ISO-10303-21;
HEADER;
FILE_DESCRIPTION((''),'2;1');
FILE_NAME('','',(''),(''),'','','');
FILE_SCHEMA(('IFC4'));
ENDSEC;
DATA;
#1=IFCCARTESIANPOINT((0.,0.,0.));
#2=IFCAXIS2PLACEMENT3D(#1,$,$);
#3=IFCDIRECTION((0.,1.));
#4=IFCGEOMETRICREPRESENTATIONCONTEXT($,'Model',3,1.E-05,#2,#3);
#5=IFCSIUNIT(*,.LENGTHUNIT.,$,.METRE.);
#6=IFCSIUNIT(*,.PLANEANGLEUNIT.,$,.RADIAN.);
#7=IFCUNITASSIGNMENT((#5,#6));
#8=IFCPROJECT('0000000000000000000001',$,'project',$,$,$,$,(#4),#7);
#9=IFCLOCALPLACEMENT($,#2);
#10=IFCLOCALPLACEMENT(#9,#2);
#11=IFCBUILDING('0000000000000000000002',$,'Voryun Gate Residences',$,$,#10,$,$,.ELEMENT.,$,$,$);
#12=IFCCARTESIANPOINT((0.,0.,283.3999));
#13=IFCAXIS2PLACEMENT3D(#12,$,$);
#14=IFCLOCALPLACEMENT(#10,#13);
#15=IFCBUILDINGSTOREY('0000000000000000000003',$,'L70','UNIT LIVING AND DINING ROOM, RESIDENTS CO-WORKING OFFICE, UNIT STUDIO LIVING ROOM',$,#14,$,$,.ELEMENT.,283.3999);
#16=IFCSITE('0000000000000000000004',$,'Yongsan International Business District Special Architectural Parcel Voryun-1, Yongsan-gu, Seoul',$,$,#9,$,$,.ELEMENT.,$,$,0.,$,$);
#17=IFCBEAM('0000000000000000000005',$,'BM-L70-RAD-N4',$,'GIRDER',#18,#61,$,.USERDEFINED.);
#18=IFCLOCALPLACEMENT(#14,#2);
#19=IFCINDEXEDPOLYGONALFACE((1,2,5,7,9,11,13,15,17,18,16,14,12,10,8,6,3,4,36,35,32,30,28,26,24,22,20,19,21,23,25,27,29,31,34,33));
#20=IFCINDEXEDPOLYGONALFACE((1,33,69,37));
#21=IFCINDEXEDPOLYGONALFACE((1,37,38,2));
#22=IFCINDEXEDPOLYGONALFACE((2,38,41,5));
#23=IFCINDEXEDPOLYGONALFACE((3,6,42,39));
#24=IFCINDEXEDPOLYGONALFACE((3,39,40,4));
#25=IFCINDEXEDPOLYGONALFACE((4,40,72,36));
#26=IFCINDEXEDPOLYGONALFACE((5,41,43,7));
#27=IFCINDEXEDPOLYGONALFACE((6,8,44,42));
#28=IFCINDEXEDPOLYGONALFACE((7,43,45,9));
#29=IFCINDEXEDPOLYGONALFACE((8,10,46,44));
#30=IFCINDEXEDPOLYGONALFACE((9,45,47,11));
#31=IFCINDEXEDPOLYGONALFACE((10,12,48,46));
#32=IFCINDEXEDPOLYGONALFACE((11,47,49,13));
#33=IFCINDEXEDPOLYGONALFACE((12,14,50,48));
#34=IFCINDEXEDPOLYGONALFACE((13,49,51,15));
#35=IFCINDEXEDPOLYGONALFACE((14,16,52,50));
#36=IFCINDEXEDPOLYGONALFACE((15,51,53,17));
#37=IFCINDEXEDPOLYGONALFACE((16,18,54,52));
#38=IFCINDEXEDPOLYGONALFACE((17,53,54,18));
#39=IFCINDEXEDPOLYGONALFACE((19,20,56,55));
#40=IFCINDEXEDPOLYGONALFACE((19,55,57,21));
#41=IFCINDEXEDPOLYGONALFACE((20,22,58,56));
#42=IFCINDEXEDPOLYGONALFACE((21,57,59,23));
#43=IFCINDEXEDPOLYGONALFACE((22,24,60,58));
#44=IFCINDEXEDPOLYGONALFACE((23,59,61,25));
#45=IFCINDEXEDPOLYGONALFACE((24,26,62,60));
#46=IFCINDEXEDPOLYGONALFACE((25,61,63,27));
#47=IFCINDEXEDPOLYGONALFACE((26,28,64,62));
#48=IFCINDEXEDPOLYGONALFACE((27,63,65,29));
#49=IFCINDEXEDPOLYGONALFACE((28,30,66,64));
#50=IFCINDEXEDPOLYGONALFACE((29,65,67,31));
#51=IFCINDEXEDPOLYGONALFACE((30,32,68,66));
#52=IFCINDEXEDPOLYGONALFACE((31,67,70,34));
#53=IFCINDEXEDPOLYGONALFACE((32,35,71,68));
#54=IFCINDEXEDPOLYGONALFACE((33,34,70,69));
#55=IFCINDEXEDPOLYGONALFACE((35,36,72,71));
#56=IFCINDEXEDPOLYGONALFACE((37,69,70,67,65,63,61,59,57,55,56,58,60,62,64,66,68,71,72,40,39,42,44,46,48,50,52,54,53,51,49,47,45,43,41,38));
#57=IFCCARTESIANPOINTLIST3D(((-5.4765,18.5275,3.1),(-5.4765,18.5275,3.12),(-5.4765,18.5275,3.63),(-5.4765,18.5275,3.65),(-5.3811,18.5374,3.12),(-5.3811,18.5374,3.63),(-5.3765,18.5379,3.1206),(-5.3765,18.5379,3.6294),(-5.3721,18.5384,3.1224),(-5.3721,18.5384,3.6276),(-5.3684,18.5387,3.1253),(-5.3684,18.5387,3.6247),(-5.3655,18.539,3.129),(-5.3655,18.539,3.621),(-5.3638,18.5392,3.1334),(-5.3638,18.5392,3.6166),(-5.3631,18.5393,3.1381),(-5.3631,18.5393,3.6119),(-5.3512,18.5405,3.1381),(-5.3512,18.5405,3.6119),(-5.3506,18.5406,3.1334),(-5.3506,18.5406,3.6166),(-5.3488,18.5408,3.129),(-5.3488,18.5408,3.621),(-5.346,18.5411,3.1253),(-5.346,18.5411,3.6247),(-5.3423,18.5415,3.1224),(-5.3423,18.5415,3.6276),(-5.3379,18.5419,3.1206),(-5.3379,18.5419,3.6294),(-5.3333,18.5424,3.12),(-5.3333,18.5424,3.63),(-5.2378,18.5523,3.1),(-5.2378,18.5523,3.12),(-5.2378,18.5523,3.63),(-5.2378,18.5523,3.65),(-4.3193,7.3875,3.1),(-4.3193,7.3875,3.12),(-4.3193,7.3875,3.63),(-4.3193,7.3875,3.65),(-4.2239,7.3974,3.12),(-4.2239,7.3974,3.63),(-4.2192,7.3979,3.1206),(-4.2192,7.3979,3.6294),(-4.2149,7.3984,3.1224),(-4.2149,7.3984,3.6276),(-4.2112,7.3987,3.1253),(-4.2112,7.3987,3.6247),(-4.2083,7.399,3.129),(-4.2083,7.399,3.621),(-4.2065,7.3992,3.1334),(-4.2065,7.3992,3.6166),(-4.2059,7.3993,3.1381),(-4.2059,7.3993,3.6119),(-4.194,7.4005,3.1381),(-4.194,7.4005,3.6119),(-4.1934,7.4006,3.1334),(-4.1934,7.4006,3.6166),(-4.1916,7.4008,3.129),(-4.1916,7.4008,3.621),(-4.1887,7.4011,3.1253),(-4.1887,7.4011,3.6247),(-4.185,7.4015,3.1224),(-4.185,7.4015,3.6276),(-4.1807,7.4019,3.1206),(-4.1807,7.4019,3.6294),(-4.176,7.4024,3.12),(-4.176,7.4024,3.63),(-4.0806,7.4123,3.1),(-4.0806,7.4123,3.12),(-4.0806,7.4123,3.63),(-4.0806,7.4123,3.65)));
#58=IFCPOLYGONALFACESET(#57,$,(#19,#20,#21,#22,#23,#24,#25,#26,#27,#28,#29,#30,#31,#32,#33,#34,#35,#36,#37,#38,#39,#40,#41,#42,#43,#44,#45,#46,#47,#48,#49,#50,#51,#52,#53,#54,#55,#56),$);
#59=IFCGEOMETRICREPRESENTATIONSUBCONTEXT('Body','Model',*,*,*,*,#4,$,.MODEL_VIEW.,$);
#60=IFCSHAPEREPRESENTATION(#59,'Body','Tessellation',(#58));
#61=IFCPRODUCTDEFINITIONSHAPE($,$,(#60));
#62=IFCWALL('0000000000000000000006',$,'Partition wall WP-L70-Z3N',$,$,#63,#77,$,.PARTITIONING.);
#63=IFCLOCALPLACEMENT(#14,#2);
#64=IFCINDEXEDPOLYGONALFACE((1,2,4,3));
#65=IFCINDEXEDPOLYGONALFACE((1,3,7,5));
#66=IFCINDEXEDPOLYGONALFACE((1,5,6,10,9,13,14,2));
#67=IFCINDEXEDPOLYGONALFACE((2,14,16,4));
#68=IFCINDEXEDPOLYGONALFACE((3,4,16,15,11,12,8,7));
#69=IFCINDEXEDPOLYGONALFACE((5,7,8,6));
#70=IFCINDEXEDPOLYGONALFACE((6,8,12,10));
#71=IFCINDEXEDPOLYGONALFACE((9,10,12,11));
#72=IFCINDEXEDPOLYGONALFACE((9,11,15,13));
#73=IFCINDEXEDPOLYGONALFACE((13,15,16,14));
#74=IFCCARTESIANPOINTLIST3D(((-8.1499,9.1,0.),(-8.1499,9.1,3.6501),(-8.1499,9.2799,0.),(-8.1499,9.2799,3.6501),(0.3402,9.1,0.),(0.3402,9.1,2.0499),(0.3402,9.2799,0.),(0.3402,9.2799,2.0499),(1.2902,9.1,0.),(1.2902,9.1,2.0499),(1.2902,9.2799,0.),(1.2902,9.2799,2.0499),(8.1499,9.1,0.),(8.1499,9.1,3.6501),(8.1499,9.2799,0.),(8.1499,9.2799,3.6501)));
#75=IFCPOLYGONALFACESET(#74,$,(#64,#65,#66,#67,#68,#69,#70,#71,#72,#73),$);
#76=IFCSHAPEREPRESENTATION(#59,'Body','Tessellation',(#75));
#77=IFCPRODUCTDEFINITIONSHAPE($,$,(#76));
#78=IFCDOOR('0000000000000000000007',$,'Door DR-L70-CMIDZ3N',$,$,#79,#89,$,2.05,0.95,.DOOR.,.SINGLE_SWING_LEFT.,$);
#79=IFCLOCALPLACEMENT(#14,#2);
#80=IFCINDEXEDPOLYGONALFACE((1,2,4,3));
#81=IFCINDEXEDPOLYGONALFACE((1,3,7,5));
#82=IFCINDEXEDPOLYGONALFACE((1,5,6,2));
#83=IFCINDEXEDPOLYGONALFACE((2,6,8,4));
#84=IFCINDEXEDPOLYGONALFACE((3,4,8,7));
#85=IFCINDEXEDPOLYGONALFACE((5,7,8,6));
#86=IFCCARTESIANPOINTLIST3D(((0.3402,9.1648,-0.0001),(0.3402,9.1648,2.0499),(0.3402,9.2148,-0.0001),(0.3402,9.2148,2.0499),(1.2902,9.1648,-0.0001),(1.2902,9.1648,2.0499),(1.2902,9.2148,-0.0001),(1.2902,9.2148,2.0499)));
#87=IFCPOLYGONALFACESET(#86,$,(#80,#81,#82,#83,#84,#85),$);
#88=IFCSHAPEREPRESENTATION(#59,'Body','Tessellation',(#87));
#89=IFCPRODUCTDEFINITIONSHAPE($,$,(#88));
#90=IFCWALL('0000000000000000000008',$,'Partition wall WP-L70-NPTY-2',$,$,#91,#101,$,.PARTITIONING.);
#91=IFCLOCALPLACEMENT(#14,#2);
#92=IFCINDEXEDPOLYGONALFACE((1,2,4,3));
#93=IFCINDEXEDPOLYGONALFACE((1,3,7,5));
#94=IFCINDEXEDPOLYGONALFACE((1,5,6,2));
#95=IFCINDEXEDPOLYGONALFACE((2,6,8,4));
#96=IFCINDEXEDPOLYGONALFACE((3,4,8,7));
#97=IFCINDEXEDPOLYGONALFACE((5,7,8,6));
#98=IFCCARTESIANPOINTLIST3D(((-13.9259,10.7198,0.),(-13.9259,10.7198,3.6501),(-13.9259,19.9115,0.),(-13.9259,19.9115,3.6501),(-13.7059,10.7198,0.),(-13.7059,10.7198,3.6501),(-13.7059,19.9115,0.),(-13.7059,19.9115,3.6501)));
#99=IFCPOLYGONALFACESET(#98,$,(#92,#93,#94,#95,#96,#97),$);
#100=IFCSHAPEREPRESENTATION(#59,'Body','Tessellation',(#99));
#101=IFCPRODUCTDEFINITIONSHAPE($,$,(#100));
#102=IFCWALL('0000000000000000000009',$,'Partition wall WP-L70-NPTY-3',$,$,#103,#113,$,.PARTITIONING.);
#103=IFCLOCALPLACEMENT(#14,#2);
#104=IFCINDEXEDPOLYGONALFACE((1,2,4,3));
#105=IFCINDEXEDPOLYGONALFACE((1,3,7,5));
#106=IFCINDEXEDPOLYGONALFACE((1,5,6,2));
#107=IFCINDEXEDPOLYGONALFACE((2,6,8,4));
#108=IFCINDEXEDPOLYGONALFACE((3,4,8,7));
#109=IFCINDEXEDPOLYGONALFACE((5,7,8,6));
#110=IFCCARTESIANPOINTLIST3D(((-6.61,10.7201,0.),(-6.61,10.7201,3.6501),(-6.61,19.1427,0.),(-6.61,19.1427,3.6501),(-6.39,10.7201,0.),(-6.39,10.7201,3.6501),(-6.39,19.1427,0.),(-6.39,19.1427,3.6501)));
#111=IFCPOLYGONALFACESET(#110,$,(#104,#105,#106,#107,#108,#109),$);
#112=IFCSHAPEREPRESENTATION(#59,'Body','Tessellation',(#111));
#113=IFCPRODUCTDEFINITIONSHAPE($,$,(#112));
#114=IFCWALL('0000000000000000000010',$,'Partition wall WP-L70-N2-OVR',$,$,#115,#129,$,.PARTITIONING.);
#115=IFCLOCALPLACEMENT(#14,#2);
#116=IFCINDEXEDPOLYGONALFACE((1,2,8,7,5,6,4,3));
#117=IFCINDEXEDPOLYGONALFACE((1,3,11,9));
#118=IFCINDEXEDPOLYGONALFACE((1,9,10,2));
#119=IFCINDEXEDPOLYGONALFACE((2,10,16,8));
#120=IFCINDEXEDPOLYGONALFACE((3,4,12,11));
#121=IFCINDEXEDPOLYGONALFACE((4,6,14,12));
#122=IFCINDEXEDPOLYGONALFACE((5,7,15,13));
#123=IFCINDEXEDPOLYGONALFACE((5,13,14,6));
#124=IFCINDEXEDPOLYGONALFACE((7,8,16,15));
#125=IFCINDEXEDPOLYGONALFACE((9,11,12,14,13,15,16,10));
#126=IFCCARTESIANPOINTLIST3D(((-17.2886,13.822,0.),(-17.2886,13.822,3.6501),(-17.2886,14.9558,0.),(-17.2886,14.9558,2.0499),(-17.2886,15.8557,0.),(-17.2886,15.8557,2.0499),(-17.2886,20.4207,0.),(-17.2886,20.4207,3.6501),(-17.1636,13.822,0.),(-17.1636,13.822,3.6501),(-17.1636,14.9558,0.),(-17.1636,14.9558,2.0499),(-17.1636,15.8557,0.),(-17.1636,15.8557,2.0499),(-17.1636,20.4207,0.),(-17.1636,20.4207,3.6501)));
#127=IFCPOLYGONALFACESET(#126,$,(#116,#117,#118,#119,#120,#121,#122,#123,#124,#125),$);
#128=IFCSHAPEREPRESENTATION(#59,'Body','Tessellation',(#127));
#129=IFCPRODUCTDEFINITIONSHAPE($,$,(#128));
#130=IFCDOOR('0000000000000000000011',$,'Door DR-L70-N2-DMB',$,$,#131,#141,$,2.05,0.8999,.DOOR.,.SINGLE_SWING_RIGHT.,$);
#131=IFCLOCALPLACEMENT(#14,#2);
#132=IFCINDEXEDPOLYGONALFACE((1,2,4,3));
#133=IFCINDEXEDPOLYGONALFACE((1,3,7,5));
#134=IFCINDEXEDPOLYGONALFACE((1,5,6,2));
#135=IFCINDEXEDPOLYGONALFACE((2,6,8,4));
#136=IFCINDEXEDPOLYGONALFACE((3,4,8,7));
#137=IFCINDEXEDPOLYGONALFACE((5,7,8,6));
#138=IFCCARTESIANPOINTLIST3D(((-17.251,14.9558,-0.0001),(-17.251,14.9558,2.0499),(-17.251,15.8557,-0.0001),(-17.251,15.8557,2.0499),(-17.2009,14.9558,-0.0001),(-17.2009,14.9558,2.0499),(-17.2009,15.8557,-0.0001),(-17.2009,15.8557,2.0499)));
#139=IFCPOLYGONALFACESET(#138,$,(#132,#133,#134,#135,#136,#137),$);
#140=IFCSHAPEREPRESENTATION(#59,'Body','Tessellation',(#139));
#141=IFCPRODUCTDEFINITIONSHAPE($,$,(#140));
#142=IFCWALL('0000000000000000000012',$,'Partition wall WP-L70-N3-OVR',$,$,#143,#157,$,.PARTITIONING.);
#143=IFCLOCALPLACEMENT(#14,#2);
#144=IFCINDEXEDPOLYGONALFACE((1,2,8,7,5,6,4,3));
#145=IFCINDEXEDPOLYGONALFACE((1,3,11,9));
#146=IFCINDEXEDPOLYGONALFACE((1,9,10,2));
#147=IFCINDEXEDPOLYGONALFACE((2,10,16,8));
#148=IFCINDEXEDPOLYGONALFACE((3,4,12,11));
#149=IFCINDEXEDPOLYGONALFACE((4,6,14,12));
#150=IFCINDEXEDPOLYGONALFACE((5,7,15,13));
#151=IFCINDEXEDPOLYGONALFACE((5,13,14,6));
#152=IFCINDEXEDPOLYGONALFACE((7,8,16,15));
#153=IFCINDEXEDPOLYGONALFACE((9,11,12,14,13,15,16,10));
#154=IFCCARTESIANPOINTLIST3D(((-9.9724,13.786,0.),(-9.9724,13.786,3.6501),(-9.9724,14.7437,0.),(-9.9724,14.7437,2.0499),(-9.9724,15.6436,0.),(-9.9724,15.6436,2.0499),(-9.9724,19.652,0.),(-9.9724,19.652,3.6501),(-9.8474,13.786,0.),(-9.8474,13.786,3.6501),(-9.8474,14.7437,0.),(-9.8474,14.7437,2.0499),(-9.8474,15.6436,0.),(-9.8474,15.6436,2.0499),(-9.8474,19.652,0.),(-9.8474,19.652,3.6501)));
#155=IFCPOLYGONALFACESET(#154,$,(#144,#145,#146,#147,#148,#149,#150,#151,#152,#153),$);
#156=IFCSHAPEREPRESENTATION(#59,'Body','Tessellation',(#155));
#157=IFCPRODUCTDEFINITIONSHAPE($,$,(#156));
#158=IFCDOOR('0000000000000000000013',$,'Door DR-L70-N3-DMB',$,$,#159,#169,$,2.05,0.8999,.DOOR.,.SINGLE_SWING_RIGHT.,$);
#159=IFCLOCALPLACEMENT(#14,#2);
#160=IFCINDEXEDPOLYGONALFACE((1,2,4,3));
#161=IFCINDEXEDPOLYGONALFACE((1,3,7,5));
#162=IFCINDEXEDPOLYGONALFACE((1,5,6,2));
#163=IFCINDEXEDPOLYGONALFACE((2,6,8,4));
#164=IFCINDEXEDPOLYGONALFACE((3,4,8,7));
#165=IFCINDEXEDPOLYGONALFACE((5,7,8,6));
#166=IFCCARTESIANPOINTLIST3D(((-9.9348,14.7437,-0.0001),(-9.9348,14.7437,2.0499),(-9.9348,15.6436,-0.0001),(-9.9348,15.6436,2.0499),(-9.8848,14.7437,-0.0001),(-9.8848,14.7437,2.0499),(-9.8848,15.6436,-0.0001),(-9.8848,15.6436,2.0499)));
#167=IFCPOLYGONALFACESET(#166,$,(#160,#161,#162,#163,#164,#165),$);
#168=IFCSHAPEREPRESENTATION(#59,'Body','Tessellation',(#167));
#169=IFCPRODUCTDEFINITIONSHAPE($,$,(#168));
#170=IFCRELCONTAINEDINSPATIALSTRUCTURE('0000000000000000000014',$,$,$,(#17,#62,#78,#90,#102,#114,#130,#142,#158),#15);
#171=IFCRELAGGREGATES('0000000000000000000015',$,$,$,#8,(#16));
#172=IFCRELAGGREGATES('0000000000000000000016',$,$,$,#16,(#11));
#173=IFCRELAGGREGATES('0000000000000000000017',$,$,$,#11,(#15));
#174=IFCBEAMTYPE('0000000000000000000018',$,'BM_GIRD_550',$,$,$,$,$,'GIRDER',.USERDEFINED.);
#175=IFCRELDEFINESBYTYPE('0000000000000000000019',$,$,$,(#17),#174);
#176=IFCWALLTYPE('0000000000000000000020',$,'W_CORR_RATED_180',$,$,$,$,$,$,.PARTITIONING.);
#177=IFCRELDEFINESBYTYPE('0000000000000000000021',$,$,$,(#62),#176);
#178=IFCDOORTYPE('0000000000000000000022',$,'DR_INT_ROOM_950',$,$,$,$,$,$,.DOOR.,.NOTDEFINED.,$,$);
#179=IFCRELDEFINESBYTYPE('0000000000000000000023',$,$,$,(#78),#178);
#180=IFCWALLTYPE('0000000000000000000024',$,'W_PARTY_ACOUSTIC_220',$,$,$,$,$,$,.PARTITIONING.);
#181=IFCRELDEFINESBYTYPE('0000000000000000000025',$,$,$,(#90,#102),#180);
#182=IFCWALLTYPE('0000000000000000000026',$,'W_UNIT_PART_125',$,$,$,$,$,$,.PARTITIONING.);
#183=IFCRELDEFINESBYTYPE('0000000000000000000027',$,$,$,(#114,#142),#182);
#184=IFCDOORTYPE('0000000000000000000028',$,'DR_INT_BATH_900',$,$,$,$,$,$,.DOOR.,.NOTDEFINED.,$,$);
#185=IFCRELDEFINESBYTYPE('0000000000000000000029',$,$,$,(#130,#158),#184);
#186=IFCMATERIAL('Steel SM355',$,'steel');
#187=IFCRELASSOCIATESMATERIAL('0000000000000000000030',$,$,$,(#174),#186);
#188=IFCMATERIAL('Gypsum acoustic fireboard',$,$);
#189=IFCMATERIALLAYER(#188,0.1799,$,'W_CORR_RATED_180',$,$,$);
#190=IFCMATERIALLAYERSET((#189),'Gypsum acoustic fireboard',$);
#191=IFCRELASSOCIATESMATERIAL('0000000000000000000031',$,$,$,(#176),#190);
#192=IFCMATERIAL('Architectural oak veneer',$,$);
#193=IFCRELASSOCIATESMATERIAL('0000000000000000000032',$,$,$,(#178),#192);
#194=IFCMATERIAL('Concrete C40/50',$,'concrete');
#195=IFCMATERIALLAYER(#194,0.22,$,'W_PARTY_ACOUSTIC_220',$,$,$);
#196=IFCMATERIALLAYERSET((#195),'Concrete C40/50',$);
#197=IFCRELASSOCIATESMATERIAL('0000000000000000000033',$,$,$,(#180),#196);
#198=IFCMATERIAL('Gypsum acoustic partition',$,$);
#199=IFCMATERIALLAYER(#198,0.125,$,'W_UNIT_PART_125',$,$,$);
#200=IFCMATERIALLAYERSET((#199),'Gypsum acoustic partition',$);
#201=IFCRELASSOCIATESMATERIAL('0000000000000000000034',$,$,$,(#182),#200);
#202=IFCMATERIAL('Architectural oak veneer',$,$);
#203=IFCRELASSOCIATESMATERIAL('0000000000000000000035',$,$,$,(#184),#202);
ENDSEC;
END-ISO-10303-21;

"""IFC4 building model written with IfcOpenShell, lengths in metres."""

from ifc_helpers import new_model, si_unit, direction, frame, frame_2d, origin, origin_2d, place, context, subcontext, project, spatial, rectangle, i_section, extrude, material, layer, layer_set, material_profile, profile_set, type_object, element, fill, save


model = new_model("IFC4")

# Units and contexts
model_context = context("Model", 3, precision=1e-05, world=origin(), true_north=direction((0.0, 1.0)))
body_context = subcontext(model_context, "Body", "Model", "MODEL_VIEW")
ifc_project = project(units=[si_unit("LENGTHUNIT", "METRE"), si_unit("PLANEANGLEUNIT", "RADIAN")], contexts=[model_context])

# Site, building, storey
site_placement = place(None, origin())
site = spatial("IfcSite", under=ifc_project, at=site_placement, Name="Yongsan International Business District Special Architectural Parcel Voryun-1, Yongsan-gu, Seoul", CompositionType="ELEMENT", RefElevation=0.0)
building_placement = place(site_placement, origin())
building = spatial("IfcBuilding", under=site, at=building_placement, Name="Voryun Gate Residences", CompositionType="ELEMENT")
storey_placement = place(building_placement, frame((0.0, 0.0, 283.3999)))
storey = spatial("IfcBuildingStorey", under=building, at=storey_placement, Name="L70", Description="UNIT LIVING AND DINING ROOM, RESIDENTS CO-WORKING OFFICE, UNIT STUDIO LIVING ROOM", CompositionType="ELEMENT", Elevation=283.3999)

# Beam
ifc_material_1 = material(Name="Steel SM355", Category="steel")
ifc_material_profile_1 = material_profile(ifc_material_1, i_section(OverallWidth=0.24, OverallDepth=0.55, WebThickness=0.012, FlangeThickness=0.02, FilletRadius=0.0181, at=origin_2d()), Name="H-550x240x12x20")
ifc_profile_set_1 = profile_set([ifc_material_profile_1], Name="Steel SM355")
beam_type_1 = type_object("IfcBeamType", Name="BM_GIRD_550", ElementType="GIRDER", PredefinedType="USERDEFINED", material=ifc_profile_set_1)
beam_1_placement = place(storey_placement, frame((-4.2, 7.3999, 3.375), z_axis=(-0.103325, 0.994648, 0.0), x_axis=(-0.994648, -0.103325, 0.0)))
element("IfcBeam", 1, at=beam_1_placement, inside=storey, type_object=beam_type_1, Name="BM-L70-RAD-N4", ObjectType="GIRDER", PredefinedType="USERDEFINED", context=body_context, shape_type="SweptSolid", body=[
    extrude(i_section(OverallWidth=0.24, OverallDepth=0.55, WebThickness=0.012, FlangeThickness=0.02, FilletRadius=0.0181, at=origin_2d()), origin(), (0.0, 0.0, 1.0), 11.2),
])

# Wall, opening, door
ifc_material_2 = material(Name="Gypsum acoustic fireboard")
ifc_layer_1 = layer(ifc_material_2, 0.1799, Name="W_CORR_RATED_180")
ifc_layer_set_1 = layer_set([ifc_layer_1], Name="Gypsum acoustic fireboard")
wall_type_1 = type_object("IfcWallType", Name="W_CORR_RATED_180", PredefinedType="PARTITIONING", material=ifc_layer_set_1)
wall_1_placement = place(storey_placement, frame((-8.1499, 9.1899, 0.0), z_axis=(0.0, 0.0, 1.0), x_axis=(1.0, 0.0, 0.0)))
wall_1 = element("IfcWall", 2, at=wall_1_placement, inside=storey, type_object=wall_type_1, Name="Partition wall WP-L70-Z3N", PredefinedType="PARTITIONING", context=body_context, shape_type="SweptSolid", body=[
    extrude(rectangle(XDim=16.2998, YDim=0.1799, at=frame_2d((8.1499, 0.0))), origin(), (0.0, 0.0, 1.0), 3.6501),
])
opening_1_placement = place(wall_1_placement, frame((8.49, 0.0, 0.0)))
opening_1 = element("IfcOpeningElement", 3, at=opening_1_placement, cuts=wall_1, PredefinedType="OPENING", context=body_context, shape_type="SweptSolid", body=[
    extrude(rectangle(XDim=0.95, YDim=2.05, at=frame_2d((0.4751, 1.0249))), frame((0.0, 0.0999, 0.0), z_axis=(0.0, -1.0, 0.0), x_axis=(1.0, 0.0, 0.0)), (0.0, 0.0, 1.0), 0.2),
])
ifc_material_3 = material(Name="Architectural oak veneer")
door_type_1 = type_object("IfcDoorType", Name="DR_INT_ROOM_950", OperationType="NOTDEFINED", PredefinedType="DOOR", material=ifc_material_3)
door_1_placement = place(opening_1_placement, origin())
door_1 = element("IfcDoor", 4, at=door_1_placement, inside=storey, type_object=door_type_1, Name="Door DR-L70-CMIDZ3N", OperationType="SINGLE_SWING_LEFT", OverallHeight=2.05, OverallWidth=0.95, PredefinedType="DOOR", context=body_context, shape_type="SweptSolid", body=[
    extrude(rectangle(XDim=0.95, YDim=2.05, at=frame_2d((0.4751, 1.0249))), frame((0.0, 0.0249, 0.0), z_axis=(0.0, -1.0, 0.0), x_axis=(1.0, 0.0, 0.0)), (0.0, 0.0, 1.0), 0.05),
])
fill(opening_1, door_1)

# Walls
ifc_material_4 = material(Name="Concrete C40/50", Category="concrete")
ifc_layer_2 = layer(ifc_material_4, 0.22, Name="W_PARTY_ACOUSTIC_220")
ifc_layer_set_2 = layer_set([ifc_layer_2], Name="Concrete C40/50")
wall_type_2 = type_object("IfcWallType", Name="W_PARTY_ACOUSTIC_220", PredefinedType="PARTITIONING", material=ifc_layer_set_2)
wall_2_placement = place(storey_placement, frame((-13.8159, 10.72, 0.0), z_axis=(0.0, 0.0, 1.0), x_axis=(0.0, 1.0, 0.0)))
element("IfcWall", 5, at=wall_2_placement, inside=storey, type_object=wall_type_2, Name="Partition wall WP-L70-NPTY-2", PredefinedType="PARTITIONING", context=body_context, shape_type="SweptSolid", body=[
    extrude(rectangle(XDim=9.1917, YDim=0.22, at=frame_2d((4.5957, 0.0))), origin(), (0.0, 0.0, 1.0), 3.6501),
])
wall_3_placement = place(storey_placement, frame((-6.5, 10.72, 0.0), z_axis=(0.0, 0.0, 1.0), x_axis=(0.0, 1.0, 0.0)))
element("IfcWall", 6, at=wall_3_placement, inside=storey, type_object=wall_type_2, Name="Partition wall WP-L70-NPTY-3", PredefinedType="PARTITIONING", context=body_context, shape_type="SweptSolid", body=[
    extrude(rectangle(XDim=8.4226, YDim=0.22, at=frame_2d((4.2114, 0.0))), origin(), (0.0, 0.0, 1.0), 3.6501),
])

# Walls, openings, doors
ifc_material_5 = material(Name="Gypsum acoustic partition")
ifc_layer_3 = layer(ifc_material_5, 0.125, Name="W_UNIT_PART_125")
ifc_layer_set_3 = layer_set([ifc_layer_3], Name="Gypsum acoustic partition")
wall_type_3 = type_object("IfcWallType", Name="W_UNIT_PART_125", PredefinedType="PARTITIONING", material=ifc_layer_set_3)
wall_4_placement = place(storey_placement, frame((-17.2261, 13.822, 0.0), z_axis=(0.0, 0.0, 1.0), x_axis=(0.0, 1.0, 0.0)))
wall_4 = element("IfcWall", 7, at=wall_4_placement, inside=storey, type_object=wall_type_3, Name="Partition wall WP-L70-N2-OVR", PredefinedType="PARTITIONING", context=body_context, shape_type="SweptSolid", body=[
    extrude(rectangle(XDim=6.5986, YDim=0.125, at=frame_2d((3.2993, 0.0))), origin(), (0.0, 0.0, 1.0), 3.6501),
])
opening_2_placement = place(wall_4_placement, frame((1.1338, 0.0, 0.0)))
opening_2 = element("IfcOpeningElement", 8, at=opening_2_placement, cuts=wall_4, PredefinedType="OPENING", context=body_context, shape_type="SweptSolid", body=[
    extrude(rectangle(XDim=0.8999, YDim=2.05, at=frame_2d((0.45, 1.0249))), frame((0.0, 0.0725, 0.0), z_axis=(0.0, -1.0, 0.0), x_axis=(1.0, 0.0, 0.0)), (0.0, 0.0, 1.0), 0.145),
])
ifc_material_6 = material(Name="Architectural oak veneer")
door_type_2 = type_object("IfcDoorType", Name="DR_INT_BATH_900", OperationType="NOTDEFINED", PredefinedType="DOOR", material=ifc_material_6)
door_2_placement = place(opening_2_placement, origin())
door_2 = element("IfcDoor", 9, at=door_2_placement, inside=storey, type_object=door_type_2, Name="Door DR-L70-N2-DMB", OperationType="SINGLE_SWING_RIGHT", OverallHeight=2.05, OverallWidth=0.8999, PredefinedType="DOOR", context=body_context, shape_type="SweptSolid", body=[
    extrude(rectangle(XDim=0.8999, YDim=2.05, at=frame_2d((0.45, 1.0249))), frame((0.0, 0.0249, 0.0), z_axis=(0.0, -1.0, 0.0), x_axis=(1.0, 0.0, 0.0)), (0.0, 0.0, 1.0), 0.05),
])
fill(opening_2, door_2)
wall_5_placement = place(storey_placement, frame((-9.9099, 13.7859, 0.0), z_axis=(0.0, 0.0, 1.0), x_axis=(0.0, 1.0, 0.0)))
wall_5 = element("IfcWall", 10, at=wall_5_placement, inside=storey, type_object=wall_type_3, Name="Partition wall WP-L70-N3-OVR", PredefinedType="PARTITIONING", context=body_context, shape_type="SweptSolid", body=[
    extrude(rectangle(XDim=5.866, YDim=0.125, at=frame_2d((2.9331, 0.0))), origin(), (0.0, 0.0, 1.0), 3.6501),
])
opening_3_placement = place(wall_5_placement, frame((0.9578, 0.0, 0.0)))
opening_3 = element("IfcOpeningElement", 11, at=opening_3_placement, cuts=wall_5, PredefinedType="OPENING", context=body_context, shape_type="SweptSolid", body=[
    extrude(rectangle(XDim=0.8999, YDim=2.05, at=frame_2d((0.45, 1.0249))), frame((0.0, 0.0725, 0.0), z_axis=(0.0, -1.0, 0.0), x_axis=(1.0, 0.0, 0.0)), (0.0, 0.0, 1.0), 0.145),
])
door_3_placement = place(opening_3_placement, origin())
door_3 = element("IfcDoor", 12, at=door_3_placement, inside=storey, type_object=door_type_2, Name="Door DR-L70-N3-DMB", OperationType="SINGLE_SWING_RIGHT", OverallHeight=2.05, OverallWidth=0.8999, PredefinedType="DOOR", context=body_context, shape_type="SweptSolid", body=[
    extrude(rectangle(XDim=0.8999, YDim=2.05, at=frame_2d((0.45, 1.0249))), frame((0.0, 0.0249, 0.0), z_axis=(0.0, -1.0, 0.0), x_axis=(1.0, 0.0, 0.0)), (0.0, 0.0, 1.0), 0.05),
])
fill(opening_3, door_3)

save(model, "model.ifc")
